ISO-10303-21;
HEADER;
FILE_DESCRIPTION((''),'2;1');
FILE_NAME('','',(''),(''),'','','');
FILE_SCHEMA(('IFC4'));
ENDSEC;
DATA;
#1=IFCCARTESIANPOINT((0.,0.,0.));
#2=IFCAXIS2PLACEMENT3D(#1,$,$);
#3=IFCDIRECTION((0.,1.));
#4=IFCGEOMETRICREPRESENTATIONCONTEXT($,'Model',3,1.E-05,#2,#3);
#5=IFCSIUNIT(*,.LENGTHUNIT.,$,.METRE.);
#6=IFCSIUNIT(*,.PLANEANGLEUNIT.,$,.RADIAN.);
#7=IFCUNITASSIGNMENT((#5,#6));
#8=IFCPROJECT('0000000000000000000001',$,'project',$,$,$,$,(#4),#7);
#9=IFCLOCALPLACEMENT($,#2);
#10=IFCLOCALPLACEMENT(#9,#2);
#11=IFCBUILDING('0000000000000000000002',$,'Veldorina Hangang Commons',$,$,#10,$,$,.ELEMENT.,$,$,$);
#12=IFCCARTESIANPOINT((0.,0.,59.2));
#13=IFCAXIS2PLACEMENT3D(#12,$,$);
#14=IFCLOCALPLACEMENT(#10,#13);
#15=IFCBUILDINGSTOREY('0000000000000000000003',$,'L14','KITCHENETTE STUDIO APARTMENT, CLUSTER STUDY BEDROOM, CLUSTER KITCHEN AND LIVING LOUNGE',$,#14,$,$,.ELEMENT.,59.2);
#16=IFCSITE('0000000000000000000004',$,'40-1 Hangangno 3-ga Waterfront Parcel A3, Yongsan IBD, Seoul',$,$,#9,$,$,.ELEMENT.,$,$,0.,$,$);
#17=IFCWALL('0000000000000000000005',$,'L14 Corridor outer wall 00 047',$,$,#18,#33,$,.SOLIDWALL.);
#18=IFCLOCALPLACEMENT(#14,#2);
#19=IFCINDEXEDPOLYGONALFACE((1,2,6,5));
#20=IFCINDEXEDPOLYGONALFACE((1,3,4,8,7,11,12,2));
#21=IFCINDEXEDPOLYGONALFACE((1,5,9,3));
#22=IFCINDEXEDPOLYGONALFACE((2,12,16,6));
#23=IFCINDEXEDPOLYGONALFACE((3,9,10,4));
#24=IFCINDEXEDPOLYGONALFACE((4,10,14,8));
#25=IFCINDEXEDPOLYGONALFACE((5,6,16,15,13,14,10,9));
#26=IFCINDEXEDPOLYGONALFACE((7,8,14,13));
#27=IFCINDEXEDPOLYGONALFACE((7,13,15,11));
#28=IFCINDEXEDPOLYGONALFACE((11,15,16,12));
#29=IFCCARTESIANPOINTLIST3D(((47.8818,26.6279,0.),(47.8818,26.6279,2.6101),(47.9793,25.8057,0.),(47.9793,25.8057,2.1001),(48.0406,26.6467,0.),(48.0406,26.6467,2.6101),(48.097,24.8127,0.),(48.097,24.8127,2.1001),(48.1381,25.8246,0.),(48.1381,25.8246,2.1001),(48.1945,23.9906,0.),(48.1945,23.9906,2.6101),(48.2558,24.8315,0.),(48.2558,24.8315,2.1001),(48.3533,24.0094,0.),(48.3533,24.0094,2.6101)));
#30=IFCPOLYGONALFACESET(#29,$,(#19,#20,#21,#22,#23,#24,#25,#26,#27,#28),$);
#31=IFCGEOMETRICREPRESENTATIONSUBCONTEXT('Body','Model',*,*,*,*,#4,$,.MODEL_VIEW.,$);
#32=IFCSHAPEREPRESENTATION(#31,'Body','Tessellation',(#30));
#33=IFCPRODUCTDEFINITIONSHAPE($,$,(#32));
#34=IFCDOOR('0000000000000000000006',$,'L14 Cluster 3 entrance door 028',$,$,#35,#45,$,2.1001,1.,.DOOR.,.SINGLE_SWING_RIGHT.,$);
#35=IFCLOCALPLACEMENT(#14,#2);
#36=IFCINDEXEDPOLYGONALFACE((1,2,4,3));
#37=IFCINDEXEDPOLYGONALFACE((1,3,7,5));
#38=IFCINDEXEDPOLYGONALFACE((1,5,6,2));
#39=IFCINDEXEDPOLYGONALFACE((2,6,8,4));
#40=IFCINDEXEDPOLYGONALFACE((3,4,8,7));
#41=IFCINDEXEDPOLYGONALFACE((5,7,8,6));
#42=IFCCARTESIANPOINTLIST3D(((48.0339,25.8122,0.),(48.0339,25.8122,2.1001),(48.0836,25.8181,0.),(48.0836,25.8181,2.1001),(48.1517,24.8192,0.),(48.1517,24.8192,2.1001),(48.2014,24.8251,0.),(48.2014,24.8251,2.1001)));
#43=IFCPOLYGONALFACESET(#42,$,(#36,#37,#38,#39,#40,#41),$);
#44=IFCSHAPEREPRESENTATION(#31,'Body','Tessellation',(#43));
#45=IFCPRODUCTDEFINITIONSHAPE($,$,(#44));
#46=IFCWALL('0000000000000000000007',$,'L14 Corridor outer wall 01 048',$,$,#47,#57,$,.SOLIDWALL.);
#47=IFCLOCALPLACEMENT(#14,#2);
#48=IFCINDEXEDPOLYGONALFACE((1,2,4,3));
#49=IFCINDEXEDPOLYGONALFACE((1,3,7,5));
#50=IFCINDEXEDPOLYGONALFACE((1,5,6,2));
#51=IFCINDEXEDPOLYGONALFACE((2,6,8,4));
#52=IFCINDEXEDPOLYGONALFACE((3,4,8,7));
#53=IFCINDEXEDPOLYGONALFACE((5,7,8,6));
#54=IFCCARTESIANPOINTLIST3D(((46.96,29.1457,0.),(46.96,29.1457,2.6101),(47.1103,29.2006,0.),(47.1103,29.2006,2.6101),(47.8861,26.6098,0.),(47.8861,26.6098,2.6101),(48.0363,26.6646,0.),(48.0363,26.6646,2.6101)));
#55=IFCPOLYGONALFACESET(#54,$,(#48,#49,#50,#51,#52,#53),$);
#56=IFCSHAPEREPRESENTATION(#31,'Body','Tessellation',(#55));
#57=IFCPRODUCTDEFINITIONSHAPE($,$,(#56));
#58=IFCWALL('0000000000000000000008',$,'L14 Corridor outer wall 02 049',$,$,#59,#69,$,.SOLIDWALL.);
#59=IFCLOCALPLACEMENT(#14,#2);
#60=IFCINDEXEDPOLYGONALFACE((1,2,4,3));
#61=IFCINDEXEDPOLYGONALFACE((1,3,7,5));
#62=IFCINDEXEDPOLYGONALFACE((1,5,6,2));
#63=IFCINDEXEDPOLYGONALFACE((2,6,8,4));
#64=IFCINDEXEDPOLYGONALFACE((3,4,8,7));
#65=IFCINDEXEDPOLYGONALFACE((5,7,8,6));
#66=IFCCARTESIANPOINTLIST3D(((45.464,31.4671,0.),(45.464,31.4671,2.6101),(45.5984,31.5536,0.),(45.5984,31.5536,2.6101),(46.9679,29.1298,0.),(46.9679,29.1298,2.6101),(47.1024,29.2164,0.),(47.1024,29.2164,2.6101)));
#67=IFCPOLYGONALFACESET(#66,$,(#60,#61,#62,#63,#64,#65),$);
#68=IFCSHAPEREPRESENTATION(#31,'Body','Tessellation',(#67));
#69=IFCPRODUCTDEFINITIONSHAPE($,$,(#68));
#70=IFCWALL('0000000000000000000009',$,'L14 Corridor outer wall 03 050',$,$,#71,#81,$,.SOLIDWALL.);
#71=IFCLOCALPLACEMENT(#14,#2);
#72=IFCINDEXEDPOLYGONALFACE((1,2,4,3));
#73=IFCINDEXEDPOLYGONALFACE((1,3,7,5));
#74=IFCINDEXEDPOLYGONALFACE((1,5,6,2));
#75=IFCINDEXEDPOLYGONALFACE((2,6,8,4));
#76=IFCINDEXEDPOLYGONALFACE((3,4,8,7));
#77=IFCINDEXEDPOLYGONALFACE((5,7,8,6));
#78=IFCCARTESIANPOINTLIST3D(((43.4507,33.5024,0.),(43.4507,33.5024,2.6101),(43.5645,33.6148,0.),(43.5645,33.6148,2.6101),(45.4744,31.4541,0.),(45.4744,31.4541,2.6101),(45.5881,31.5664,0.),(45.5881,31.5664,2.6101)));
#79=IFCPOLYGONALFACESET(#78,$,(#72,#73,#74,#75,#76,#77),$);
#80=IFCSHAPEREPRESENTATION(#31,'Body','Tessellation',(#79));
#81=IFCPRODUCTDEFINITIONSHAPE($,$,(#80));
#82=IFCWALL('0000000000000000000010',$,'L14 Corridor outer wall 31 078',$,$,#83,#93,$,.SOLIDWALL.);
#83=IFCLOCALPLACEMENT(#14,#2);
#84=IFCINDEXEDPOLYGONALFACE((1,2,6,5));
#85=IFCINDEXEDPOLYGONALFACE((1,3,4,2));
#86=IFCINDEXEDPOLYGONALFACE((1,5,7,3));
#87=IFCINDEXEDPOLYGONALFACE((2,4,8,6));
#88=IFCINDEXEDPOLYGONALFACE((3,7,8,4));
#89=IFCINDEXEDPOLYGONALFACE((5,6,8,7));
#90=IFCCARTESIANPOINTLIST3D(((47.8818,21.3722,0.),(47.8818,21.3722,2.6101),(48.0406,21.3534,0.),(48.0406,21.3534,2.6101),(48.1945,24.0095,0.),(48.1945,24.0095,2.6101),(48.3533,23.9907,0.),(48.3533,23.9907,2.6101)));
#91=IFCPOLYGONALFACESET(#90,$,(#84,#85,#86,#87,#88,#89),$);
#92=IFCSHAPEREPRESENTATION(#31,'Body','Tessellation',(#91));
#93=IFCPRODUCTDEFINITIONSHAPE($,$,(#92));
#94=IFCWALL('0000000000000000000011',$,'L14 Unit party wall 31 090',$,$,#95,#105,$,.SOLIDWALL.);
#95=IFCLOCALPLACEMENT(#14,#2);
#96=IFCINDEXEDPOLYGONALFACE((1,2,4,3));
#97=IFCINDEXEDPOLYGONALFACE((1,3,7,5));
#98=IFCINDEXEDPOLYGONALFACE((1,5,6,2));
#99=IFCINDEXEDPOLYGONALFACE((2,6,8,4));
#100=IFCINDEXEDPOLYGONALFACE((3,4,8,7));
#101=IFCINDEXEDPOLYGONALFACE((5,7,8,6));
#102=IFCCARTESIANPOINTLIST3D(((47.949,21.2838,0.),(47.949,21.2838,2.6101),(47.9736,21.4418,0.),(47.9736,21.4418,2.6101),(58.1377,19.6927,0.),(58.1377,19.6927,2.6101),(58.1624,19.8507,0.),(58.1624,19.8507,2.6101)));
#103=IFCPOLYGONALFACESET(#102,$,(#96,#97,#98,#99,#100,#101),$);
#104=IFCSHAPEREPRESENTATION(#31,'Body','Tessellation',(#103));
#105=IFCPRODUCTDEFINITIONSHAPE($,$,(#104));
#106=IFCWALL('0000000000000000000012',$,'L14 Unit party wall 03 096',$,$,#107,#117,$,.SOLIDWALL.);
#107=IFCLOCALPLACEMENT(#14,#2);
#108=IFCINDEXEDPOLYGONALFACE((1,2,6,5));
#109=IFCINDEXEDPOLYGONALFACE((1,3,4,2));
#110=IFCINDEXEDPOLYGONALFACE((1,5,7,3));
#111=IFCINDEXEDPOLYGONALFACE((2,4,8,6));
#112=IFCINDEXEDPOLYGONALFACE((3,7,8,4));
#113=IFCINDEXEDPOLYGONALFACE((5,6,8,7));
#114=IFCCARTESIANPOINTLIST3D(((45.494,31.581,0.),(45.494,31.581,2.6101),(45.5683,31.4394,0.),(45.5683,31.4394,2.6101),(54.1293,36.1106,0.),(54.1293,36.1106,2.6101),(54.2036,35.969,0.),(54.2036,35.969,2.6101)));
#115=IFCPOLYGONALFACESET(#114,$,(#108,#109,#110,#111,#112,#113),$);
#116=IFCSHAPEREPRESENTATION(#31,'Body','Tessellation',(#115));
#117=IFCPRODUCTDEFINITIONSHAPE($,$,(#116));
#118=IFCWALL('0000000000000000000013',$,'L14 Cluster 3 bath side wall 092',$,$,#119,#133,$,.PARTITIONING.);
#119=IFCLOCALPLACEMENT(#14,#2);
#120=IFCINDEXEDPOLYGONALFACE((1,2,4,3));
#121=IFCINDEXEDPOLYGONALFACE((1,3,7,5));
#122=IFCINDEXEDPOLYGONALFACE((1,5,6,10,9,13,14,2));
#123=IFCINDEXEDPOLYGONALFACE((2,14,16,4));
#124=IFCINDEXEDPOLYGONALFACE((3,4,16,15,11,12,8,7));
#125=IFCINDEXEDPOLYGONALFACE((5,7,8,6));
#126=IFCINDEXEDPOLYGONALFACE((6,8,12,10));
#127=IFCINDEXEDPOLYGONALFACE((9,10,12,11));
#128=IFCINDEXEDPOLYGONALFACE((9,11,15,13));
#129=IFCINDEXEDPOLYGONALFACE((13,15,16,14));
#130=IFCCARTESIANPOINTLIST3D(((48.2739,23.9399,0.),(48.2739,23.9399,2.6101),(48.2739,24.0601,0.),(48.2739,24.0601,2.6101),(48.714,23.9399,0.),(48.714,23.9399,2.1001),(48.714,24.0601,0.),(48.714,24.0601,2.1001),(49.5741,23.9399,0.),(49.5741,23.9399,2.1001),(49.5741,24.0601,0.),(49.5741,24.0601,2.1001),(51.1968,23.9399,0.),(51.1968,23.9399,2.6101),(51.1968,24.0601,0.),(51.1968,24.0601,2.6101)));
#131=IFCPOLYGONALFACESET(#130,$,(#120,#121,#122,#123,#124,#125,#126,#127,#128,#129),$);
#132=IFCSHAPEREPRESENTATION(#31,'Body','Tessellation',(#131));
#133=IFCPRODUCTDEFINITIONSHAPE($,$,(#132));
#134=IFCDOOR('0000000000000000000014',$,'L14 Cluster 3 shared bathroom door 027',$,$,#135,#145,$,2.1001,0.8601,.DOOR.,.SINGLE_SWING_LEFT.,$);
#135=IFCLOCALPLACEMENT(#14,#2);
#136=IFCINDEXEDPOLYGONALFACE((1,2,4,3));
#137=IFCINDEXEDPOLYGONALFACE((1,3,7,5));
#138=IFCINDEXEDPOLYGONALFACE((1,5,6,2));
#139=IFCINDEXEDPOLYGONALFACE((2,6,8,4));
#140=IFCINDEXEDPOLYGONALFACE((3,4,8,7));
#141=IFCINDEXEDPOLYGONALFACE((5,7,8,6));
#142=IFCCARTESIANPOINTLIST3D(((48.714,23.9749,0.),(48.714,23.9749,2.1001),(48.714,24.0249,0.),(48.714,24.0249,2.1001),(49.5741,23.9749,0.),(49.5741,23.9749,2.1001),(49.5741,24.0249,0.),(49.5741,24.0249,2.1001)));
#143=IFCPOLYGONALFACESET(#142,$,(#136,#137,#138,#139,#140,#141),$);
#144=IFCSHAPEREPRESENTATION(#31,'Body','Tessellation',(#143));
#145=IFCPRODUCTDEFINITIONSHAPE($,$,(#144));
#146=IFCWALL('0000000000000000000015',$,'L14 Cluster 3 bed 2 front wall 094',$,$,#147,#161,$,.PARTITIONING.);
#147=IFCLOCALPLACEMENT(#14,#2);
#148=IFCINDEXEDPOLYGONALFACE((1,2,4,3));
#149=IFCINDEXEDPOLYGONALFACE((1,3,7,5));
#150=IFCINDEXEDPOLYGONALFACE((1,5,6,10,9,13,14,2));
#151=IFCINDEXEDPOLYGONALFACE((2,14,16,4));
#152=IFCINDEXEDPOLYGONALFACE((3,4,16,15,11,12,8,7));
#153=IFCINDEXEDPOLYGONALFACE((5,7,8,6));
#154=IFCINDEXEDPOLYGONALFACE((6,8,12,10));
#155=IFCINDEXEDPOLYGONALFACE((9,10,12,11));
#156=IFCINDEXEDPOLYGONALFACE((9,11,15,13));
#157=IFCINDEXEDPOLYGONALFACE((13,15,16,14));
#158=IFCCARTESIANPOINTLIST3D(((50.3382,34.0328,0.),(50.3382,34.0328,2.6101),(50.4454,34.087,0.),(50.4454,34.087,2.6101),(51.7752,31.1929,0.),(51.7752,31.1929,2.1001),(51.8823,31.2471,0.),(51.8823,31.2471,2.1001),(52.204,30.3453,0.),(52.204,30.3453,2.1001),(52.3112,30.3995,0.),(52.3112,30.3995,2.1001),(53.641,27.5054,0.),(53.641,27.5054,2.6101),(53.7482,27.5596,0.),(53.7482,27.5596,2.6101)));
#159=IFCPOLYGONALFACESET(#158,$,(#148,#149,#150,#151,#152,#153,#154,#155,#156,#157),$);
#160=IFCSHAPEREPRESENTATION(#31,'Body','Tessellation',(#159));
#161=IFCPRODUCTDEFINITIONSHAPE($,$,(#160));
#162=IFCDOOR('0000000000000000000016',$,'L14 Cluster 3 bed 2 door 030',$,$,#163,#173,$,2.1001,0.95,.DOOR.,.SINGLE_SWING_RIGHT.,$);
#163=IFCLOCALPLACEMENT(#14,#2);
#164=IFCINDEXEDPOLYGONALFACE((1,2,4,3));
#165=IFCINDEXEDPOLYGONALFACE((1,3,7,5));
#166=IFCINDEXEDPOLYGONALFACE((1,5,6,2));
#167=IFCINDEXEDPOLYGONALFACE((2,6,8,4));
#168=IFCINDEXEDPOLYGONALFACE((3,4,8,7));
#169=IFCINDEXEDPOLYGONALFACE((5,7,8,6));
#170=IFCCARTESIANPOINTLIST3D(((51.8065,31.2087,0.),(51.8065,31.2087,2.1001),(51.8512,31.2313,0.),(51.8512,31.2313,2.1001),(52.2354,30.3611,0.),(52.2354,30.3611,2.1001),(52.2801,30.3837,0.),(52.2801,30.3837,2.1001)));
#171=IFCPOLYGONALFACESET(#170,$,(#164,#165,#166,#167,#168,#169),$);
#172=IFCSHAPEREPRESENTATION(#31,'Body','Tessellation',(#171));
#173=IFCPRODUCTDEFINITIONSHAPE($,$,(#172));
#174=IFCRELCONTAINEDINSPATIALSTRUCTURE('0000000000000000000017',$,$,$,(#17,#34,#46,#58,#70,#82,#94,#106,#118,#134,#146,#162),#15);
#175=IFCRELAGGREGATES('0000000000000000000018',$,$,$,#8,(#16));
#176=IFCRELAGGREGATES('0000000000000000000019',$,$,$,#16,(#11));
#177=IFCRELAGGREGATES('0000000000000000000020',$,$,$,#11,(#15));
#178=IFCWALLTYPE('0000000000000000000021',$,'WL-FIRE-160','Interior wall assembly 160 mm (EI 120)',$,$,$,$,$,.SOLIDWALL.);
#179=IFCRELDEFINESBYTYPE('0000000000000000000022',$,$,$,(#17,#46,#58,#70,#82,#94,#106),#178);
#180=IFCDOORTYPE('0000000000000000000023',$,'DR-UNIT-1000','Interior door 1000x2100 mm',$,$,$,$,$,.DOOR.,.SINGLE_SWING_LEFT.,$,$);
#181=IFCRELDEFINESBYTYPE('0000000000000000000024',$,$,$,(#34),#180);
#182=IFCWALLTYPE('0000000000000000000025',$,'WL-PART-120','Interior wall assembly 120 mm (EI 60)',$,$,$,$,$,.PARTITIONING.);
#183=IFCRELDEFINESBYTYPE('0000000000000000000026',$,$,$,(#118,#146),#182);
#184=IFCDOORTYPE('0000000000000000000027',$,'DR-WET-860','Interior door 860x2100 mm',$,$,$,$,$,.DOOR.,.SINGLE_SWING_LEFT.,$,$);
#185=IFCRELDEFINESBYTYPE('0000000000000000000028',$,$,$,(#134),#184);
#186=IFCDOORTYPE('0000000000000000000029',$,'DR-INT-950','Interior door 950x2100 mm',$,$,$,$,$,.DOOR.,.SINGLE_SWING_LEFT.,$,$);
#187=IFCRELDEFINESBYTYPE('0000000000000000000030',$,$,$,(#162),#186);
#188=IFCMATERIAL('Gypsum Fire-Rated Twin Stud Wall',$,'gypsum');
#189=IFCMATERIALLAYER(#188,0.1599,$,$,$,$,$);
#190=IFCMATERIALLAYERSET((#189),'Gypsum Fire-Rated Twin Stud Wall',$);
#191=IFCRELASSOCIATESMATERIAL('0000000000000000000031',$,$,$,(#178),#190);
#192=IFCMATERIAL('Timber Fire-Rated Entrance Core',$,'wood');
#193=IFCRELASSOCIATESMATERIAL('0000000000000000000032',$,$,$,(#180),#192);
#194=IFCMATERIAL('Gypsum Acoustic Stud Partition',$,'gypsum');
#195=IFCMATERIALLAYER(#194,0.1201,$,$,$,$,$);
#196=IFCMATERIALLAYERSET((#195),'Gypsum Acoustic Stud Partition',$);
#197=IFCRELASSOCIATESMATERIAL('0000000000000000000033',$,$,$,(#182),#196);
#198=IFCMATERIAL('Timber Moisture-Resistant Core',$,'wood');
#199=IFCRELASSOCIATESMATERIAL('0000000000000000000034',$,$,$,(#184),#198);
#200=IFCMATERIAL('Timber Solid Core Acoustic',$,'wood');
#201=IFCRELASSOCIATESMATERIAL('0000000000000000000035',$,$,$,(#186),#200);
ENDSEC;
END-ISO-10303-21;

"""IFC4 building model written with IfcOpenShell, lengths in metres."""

from ifc_helpers import new_model, si_unit, direction, frame, frame_2d, origin, place, context, subcontext, project, spatial, rectangle, extrude, material, layer, layer_set, type_object, element, fill, save


model = new_model("IFC4")

# Units and contexts
model_context = context("Model", 3, precision=1e-05, world=origin(), true_north=direction((0.0, 1.0)))
body_context = subcontext(model_context, "Body", "Model", "MODEL_VIEW")
ifc_project = project(units=[si_unit("LENGTHUNIT", "METRE"), si_unit("PLANEANGLEUNIT", "RADIAN")], contexts=[model_context])

# Site, building, storey
site_placement = place(None, origin())
site = spatial("IfcSite", under=ifc_project, at=site_placement, Name="40-1 Hangangno 3-ga Waterfront Parcel A3, Yongsan IBD, Seoul", CompositionType="ELEMENT", RefElevation=0.0)
building_placement = place(site_placement, origin())
building = spatial("IfcBuilding", under=site, at=building_placement, Name="Veldorina Hangang Commons", CompositionType="ELEMENT")
storey_placement = place(building_placement, frame((0.0, 0.0, 59.2)))
storey = spatial("IfcBuildingStorey", under=building, at=storey_placement, Name="L14", Description="KITCHENETTE STUDIO APARTMENT, CLUSTER STUDY BEDROOM, CLUSTER KITCHEN AND LIVING LOUNGE", CompositionType="ELEMENT", Elevation=59.2)

# Wall, opening, door
ifc_material_1 = material(Name="Gypsum Fire-Rated Twin Stud Wall", Category="gypsum")
ifc_layer_1 = layer(ifc_material_1, 0.1599)
ifc_layer_set_1 = layer_set([ifc_layer_1], Name="Gypsum Fire-Rated Twin Stud Wall")
wall_type_1 = type_object("IfcWallType", Name="WL-FIRE-160", Description="Interior wall assembly 160 mm (EI 120)", PredefinedType="SOLIDWALL", material=ifc_layer_set_1)
wall_1_placement = place(storey_placement, frame((48.2739, 24.0, 0.0), z_axis=(0.0, 0.0, 1.0), x_axis=(-0.117764, 0.993042, 0.0)))
wall_1 = element("IfcWall", 1, at=wall_1_placement, inside=storey, type_object=wall_type_1, Name="L14 Corridor outer wall 00 047", PredefinedType="SOLIDWALL", context=body_context, shape_type="SweptSolid", body=[
    extrude(rectangle(XDim=2.6558, YDim=0.1599, at=frame_2d((1.3279, 0.0))), origin(), (0.0, 0.0, 1.0), 2.6101),
])
opening_1_placement = place(wall_1_placement, frame((0.8279, 0.0, 0.0)))
opening_1 = element("IfcOpeningElement", 2, at=opening_1_placement, cuts=wall_1, PredefinedType="OPENING", context=body_context, shape_type="SweptSolid", body=[
    extrude(rectangle(XDim=1.0, YDim=2.1001, at=frame_2d((0.5, 1.05))), frame((0.0, 0.0898, 0.0), z_axis=(0.0, -1.0, 0.0), x_axis=(1.0, 0.0, 0.0)), (0.0, 0.0, 1.0), 0.1799),
])
ifc_material_2 = material(Name="Timber Fire-Rated Entrance Core", Category="wood")
door_type_1 = type_object("IfcDoorType", Name="DR-UNIT-1000", Description="Interior door 1000x2100 mm", OperationType="SINGLE_SWING_LEFT", PredefinedType="DOOR", material=ifc_material_2)
door_1_placement = place(opening_1_placement, origin())
door_1 = element("IfcDoor", 3, at=door_1_placement, inside=storey, type_object=door_type_1, Name="L14 Cluster 3 entrance door 028", OperationType="SINGLE_SWING_RIGHT", OverallHeight=2.1001, OverallWidth=1.0, PredefinedType="DOOR", context=body_context, shape_type="SweptSolid", body=[
    extrude(rectangle(XDim=1.0, YDim=2.1001, at=frame_2d((0.5, 1.05))), frame((0.0, 0.0249, 0.0), z_axis=(0.0, -1.0, 0.0), x_axis=(1.0, 0.0, 0.0)), (0.0, 0.0, 1.0), 0.05),
])
fill(opening_1, door_1)

# Walls
wall_2_placement = place(storey_placement, frame((47.9612, 26.6372, 0.0), z_axis=(0.0, 0.0, 1.0), x_axis=(-0.343013, 0.93933, 0.0)))
element("IfcWall", 4, at=wall_2_placement, inside=storey, type_object=wall_type_1, Name="L14 Corridor outer wall 01 048", PredefinedType="SOLIDWALL", context=body_context, shape_type="SweptSolid", body=[
    extrude(rectangle(XDim=2.6997, YDim=0.1599, at=frame_2d((1.3499, 0.0))), origin(), (0.0, 0.0, 1.0), 2.6101),
])
wall_3_placement = place(storey_placement, frame((47.0352, 29.1731, 0.0), z_axis=(0.0, 0.0, 1.0), x_axis=(-0.541126, 0.840941, 0.0)))
element("IfcWall", 5, at=wall_3_placement, inside=storey, type_object=wall_type_1, Name="L14 Corridor outer wall 02 049", PredefinedType="SOLIDWALL", context=body_context, shape_type="SweptSolid", body=[
    extrude(rectangle(XDim=2.7793, YDim=0.1599, at=frame_2d((1.3896, 0.0))), origin(), (0.0, 0.0, 1.0), 2.6101),
])
wall_4_placement = place(storey_placement, frame((45.5312, 31.5103, 0.0), z_axis=(0.0, 0.0, 1.0), x_axis=(-0.702812, 0.711376, 0.0)))
element("IfcWall", 6, at=wall_4_placement, inside=storey, type_object=wall_type_1, Name="L14 Corridor outer wall 03 050", PredefinedType="SOLIDWALL", context=body_context, shape_type="SweptSolid", body=[
    extrude(rectangle(XDim=2.8794, YDim=0.1599, at=frame_2d((1.4397, 0.0))), origin(), (0.0, 0.0, 1.0), 2.6101),
])
wall_5_placement = place(storey_placement, frame((47.9612, 21.3628, 0.0), z_axis=(0.0, 0.0, 1.0), x_axis=(0.117764, 0.993042, 0.0)))
element("IfcWall", 7, at=wall_5_placement, inside=storey, type_object=wall_type_1, Name="L14 Corridor outer wall 31 078", PredefinedType="SOLIDWALL", context=body_context, shape_type="SweptSolid", body=[
    extrude(rectangle(XDim=2.6558, YDim=0.1599, at=frame_2d((1.3279, 0.0))), origin(), (0.0, 0.0, 1.0), 2.6101),
])
wall_6_placement = place(storey_placement, frame((47.9612, 21.3628, 0.0), z_axis=(0.0, 0.0, 1.0), x_axis=(0.988026, -0.154289, 0.0)))
element("IfcWall", 8, at=wall_6_placement, inside=storey, type_object=wall_type_1, Name="L14 Unit party wall 31 090", PredefinedType="SOLIDWALL", context=body_context, shape_type="SweptSolid", body=[
    extrude(rectangle(XDim=10.3123, YDim=0.1599, at=frame_2d((5.1562, 0.0))), origin(), (0.0, 0.0, 1.0), 2.6101),
])
wall_7_placement = place(storey_placement, frame((45.5312, 31.5103, 0.0), z_axis=(0.0, 0.0, 1.0), x_axis=(0.885565, 0.464515, 0.0)))
element("IfcWall", 9, at=wall_7_placement, inside=storey, type_object=wall_type_1, Name="L14 Unit party wall 03 096", PredefinedType="SOLIDWALL", context=body_context, shape_type="SweptSolid", body=[
    extrude(rectangle(XDim=9.7512, YDim=0.1599, at=frame_2d((4.8755, 0.0))), origin(), (0.0, 0.0, 1.0), 2.6101),
])

# Walls, openings, doors
ifc_material_3 = material(Name="Gypsum Acoustic Stud Partition", Category="gypsum")
ifc_layer_2 = layer(ifc_material_3, 0.1201)
ifc_layer_set_2 = layer_set([ifc_layer_2], Name="Gypsum Acoustic Stud Partition")
wall_type_2 = type_object("IfcWallType", Name="WL-PART-120", Description="Interior wall assembly 120 mm (EI 60)", PredefinedType="PARTITIONING", material=ifc_layer_set_2)
wall_8_placement = place(storey_placement, frame((48.2739, 24.0, 0.0), z_axis=(0.0, 0.0, 1.0), x_axis=(1.0, 0.0, 0.0)))
wall_8 = element("IfcWall", 10, at=wall_8_placement, inside=storey, type_object=wall_type_2, Name="L14 Cluster 3 bath side wall 092", PredefinedType="PARTITIONING", context=body_context, shape_type="SweptSolid", body=[
    extrude(rectangle(XDim=2.9229, YDim=0.1201, at=frame_2d((1.4614, 0.0))), origin(), (0.0, 0.0, 1.0), 2.6101),
])
opening_2_placement = place(wall_8_placement, frame((0.4399, 0.0, 0.0)))
opening_2 = element("IfcOpeningElement", 11, at=opening_2_placement, cuts=wall_8, PredefinedType="OPENING", context=body_context, shape_type="SweptSolid", body=[
    extrude(rectangle(XDim=0.8601, YDim=2.1001, at=frame_2d((0.4302, 1.05))), frame((0.0, 0.0701, 0.0), z_axis=(0.0, -1.0, 0.0), x_axis=(1.0, 0.0, 0.0)), (0.0, 0.0, 1.0), 0.1401),
])
ifc_material_4 = material(Name="Timber Moisture-Resistant Core", Category="wood")
door_type_2 = type_object("IfcDoorType", Name="DR-WET-860", Description="Interior door 860x2100 mm", OperationType="SINGLE_SWING_LEFT", PredefinedType="DOOR", material=ifc_material_4)
door_2_placement = place(opening_2_placement, origin())
door_2 = element("IfcDoor", 12, at=door_2_placement, inside=storey, type_object=door_type_2, Name="L14 Cluster 3 shared bathroom door 027", OperationType="SINGLE_SWING_LEFT", OverallHeight=2.1001, OverallWidth=0.8601, PredefinedType="DOOR", context=body_context, shape_type="SweptSolid", body=[
    extrude(rectangle(XDim=0.8601, YDim=2.1001, at=frame_2d((0.4302, 1.05))), frame((0.0, 0.0249, 0.0), z_axis=(0.0, -1.0, 0.0), x_axis=(1.0, 0.0, 0.0)), (0.0, 0.0, 1.0), 0.05),
])
fill(opening_2, door_2)
wall_9_placement = place(storey_placement, frame((53.6946, 27.5325, 0.0), z_axis=(0.0, 0.0, 1.0), x_axis=(-0.45148, 0.892281, 0.0)))
wall_9 = element("IfcWall", 13, at=wall_9_placement, inside=storey, type_object=wall_type_2, Name="L14 Cluster 3 bed 2 front wall 094", PredefinedType="PARTITIONING", context=body_context, shape_type="SweptSolid", body=[
    extrude(rectangle(XDim=7.3154, YDim=0.1201, at=frame_2d((3.6577, 0.0))), origin(), (0.0, 0.0, 1.0), 2.6101),
])
opening_3_placement = place(wall_9_placement, frame((3.1826, 0.0, 0.0)))
opening_3 = element("IfcOpeningElement", 14, at=opening_3_placement, cuts=wall_9, PredefinedType="OPENING", context=body_context, shape_type="SweptSolid", body=[
    extrude(rectangle(XDim=0.95, YDim=2.1001, at=frame_2d((0.4751, 1.05))), frame((0.0, 0.0701, 0.0), z_axis=(0.0, -1.0, 0.0), x_axis=(1.0, 0.0, 0.0)), (0.0, 0.0, 1.0), 0.1401),
])
ifc_material_5 = material(Name="Timber Solid Core Acoustic", Category="wood")
door_type_3 = type_object("IfcDoorType", Name="DR-INT-950", Description="Interior door 950x2100 mm", OperationType="SINGLE_SWING_LEFT", PredefinedType="DOOR", material=ifc_material_5)
door_3_placement = place(opening_3_placement, origin())
door_3 = element("IfcDoor", 15, at=door_3_placement, inside=storey, type_object=door_type_3, Name="L14 Cluster 3 bed 2 door 030", OperationType="SINGLE_SWING_RIGHT", OverallHeight=2.1001, OverallWidth=0.95, PredefinedType="DOOR", context=body_context, shape_type="SweptSolid", body=[
    extrude(rectangle(XDim=0.95, YDim=2.1001, at=frame_2d((0.4751, 1.05))), frame((0.0, 0.0249, 0.0), z_axis=(0.0, -1.0, 0.0), x_axis=(1.0, 0.0, 0.0)), (0.0, 0.0, 1.0), 0.05),
])
fill(opening_3, door_3)

save(model, "model.ifc")
